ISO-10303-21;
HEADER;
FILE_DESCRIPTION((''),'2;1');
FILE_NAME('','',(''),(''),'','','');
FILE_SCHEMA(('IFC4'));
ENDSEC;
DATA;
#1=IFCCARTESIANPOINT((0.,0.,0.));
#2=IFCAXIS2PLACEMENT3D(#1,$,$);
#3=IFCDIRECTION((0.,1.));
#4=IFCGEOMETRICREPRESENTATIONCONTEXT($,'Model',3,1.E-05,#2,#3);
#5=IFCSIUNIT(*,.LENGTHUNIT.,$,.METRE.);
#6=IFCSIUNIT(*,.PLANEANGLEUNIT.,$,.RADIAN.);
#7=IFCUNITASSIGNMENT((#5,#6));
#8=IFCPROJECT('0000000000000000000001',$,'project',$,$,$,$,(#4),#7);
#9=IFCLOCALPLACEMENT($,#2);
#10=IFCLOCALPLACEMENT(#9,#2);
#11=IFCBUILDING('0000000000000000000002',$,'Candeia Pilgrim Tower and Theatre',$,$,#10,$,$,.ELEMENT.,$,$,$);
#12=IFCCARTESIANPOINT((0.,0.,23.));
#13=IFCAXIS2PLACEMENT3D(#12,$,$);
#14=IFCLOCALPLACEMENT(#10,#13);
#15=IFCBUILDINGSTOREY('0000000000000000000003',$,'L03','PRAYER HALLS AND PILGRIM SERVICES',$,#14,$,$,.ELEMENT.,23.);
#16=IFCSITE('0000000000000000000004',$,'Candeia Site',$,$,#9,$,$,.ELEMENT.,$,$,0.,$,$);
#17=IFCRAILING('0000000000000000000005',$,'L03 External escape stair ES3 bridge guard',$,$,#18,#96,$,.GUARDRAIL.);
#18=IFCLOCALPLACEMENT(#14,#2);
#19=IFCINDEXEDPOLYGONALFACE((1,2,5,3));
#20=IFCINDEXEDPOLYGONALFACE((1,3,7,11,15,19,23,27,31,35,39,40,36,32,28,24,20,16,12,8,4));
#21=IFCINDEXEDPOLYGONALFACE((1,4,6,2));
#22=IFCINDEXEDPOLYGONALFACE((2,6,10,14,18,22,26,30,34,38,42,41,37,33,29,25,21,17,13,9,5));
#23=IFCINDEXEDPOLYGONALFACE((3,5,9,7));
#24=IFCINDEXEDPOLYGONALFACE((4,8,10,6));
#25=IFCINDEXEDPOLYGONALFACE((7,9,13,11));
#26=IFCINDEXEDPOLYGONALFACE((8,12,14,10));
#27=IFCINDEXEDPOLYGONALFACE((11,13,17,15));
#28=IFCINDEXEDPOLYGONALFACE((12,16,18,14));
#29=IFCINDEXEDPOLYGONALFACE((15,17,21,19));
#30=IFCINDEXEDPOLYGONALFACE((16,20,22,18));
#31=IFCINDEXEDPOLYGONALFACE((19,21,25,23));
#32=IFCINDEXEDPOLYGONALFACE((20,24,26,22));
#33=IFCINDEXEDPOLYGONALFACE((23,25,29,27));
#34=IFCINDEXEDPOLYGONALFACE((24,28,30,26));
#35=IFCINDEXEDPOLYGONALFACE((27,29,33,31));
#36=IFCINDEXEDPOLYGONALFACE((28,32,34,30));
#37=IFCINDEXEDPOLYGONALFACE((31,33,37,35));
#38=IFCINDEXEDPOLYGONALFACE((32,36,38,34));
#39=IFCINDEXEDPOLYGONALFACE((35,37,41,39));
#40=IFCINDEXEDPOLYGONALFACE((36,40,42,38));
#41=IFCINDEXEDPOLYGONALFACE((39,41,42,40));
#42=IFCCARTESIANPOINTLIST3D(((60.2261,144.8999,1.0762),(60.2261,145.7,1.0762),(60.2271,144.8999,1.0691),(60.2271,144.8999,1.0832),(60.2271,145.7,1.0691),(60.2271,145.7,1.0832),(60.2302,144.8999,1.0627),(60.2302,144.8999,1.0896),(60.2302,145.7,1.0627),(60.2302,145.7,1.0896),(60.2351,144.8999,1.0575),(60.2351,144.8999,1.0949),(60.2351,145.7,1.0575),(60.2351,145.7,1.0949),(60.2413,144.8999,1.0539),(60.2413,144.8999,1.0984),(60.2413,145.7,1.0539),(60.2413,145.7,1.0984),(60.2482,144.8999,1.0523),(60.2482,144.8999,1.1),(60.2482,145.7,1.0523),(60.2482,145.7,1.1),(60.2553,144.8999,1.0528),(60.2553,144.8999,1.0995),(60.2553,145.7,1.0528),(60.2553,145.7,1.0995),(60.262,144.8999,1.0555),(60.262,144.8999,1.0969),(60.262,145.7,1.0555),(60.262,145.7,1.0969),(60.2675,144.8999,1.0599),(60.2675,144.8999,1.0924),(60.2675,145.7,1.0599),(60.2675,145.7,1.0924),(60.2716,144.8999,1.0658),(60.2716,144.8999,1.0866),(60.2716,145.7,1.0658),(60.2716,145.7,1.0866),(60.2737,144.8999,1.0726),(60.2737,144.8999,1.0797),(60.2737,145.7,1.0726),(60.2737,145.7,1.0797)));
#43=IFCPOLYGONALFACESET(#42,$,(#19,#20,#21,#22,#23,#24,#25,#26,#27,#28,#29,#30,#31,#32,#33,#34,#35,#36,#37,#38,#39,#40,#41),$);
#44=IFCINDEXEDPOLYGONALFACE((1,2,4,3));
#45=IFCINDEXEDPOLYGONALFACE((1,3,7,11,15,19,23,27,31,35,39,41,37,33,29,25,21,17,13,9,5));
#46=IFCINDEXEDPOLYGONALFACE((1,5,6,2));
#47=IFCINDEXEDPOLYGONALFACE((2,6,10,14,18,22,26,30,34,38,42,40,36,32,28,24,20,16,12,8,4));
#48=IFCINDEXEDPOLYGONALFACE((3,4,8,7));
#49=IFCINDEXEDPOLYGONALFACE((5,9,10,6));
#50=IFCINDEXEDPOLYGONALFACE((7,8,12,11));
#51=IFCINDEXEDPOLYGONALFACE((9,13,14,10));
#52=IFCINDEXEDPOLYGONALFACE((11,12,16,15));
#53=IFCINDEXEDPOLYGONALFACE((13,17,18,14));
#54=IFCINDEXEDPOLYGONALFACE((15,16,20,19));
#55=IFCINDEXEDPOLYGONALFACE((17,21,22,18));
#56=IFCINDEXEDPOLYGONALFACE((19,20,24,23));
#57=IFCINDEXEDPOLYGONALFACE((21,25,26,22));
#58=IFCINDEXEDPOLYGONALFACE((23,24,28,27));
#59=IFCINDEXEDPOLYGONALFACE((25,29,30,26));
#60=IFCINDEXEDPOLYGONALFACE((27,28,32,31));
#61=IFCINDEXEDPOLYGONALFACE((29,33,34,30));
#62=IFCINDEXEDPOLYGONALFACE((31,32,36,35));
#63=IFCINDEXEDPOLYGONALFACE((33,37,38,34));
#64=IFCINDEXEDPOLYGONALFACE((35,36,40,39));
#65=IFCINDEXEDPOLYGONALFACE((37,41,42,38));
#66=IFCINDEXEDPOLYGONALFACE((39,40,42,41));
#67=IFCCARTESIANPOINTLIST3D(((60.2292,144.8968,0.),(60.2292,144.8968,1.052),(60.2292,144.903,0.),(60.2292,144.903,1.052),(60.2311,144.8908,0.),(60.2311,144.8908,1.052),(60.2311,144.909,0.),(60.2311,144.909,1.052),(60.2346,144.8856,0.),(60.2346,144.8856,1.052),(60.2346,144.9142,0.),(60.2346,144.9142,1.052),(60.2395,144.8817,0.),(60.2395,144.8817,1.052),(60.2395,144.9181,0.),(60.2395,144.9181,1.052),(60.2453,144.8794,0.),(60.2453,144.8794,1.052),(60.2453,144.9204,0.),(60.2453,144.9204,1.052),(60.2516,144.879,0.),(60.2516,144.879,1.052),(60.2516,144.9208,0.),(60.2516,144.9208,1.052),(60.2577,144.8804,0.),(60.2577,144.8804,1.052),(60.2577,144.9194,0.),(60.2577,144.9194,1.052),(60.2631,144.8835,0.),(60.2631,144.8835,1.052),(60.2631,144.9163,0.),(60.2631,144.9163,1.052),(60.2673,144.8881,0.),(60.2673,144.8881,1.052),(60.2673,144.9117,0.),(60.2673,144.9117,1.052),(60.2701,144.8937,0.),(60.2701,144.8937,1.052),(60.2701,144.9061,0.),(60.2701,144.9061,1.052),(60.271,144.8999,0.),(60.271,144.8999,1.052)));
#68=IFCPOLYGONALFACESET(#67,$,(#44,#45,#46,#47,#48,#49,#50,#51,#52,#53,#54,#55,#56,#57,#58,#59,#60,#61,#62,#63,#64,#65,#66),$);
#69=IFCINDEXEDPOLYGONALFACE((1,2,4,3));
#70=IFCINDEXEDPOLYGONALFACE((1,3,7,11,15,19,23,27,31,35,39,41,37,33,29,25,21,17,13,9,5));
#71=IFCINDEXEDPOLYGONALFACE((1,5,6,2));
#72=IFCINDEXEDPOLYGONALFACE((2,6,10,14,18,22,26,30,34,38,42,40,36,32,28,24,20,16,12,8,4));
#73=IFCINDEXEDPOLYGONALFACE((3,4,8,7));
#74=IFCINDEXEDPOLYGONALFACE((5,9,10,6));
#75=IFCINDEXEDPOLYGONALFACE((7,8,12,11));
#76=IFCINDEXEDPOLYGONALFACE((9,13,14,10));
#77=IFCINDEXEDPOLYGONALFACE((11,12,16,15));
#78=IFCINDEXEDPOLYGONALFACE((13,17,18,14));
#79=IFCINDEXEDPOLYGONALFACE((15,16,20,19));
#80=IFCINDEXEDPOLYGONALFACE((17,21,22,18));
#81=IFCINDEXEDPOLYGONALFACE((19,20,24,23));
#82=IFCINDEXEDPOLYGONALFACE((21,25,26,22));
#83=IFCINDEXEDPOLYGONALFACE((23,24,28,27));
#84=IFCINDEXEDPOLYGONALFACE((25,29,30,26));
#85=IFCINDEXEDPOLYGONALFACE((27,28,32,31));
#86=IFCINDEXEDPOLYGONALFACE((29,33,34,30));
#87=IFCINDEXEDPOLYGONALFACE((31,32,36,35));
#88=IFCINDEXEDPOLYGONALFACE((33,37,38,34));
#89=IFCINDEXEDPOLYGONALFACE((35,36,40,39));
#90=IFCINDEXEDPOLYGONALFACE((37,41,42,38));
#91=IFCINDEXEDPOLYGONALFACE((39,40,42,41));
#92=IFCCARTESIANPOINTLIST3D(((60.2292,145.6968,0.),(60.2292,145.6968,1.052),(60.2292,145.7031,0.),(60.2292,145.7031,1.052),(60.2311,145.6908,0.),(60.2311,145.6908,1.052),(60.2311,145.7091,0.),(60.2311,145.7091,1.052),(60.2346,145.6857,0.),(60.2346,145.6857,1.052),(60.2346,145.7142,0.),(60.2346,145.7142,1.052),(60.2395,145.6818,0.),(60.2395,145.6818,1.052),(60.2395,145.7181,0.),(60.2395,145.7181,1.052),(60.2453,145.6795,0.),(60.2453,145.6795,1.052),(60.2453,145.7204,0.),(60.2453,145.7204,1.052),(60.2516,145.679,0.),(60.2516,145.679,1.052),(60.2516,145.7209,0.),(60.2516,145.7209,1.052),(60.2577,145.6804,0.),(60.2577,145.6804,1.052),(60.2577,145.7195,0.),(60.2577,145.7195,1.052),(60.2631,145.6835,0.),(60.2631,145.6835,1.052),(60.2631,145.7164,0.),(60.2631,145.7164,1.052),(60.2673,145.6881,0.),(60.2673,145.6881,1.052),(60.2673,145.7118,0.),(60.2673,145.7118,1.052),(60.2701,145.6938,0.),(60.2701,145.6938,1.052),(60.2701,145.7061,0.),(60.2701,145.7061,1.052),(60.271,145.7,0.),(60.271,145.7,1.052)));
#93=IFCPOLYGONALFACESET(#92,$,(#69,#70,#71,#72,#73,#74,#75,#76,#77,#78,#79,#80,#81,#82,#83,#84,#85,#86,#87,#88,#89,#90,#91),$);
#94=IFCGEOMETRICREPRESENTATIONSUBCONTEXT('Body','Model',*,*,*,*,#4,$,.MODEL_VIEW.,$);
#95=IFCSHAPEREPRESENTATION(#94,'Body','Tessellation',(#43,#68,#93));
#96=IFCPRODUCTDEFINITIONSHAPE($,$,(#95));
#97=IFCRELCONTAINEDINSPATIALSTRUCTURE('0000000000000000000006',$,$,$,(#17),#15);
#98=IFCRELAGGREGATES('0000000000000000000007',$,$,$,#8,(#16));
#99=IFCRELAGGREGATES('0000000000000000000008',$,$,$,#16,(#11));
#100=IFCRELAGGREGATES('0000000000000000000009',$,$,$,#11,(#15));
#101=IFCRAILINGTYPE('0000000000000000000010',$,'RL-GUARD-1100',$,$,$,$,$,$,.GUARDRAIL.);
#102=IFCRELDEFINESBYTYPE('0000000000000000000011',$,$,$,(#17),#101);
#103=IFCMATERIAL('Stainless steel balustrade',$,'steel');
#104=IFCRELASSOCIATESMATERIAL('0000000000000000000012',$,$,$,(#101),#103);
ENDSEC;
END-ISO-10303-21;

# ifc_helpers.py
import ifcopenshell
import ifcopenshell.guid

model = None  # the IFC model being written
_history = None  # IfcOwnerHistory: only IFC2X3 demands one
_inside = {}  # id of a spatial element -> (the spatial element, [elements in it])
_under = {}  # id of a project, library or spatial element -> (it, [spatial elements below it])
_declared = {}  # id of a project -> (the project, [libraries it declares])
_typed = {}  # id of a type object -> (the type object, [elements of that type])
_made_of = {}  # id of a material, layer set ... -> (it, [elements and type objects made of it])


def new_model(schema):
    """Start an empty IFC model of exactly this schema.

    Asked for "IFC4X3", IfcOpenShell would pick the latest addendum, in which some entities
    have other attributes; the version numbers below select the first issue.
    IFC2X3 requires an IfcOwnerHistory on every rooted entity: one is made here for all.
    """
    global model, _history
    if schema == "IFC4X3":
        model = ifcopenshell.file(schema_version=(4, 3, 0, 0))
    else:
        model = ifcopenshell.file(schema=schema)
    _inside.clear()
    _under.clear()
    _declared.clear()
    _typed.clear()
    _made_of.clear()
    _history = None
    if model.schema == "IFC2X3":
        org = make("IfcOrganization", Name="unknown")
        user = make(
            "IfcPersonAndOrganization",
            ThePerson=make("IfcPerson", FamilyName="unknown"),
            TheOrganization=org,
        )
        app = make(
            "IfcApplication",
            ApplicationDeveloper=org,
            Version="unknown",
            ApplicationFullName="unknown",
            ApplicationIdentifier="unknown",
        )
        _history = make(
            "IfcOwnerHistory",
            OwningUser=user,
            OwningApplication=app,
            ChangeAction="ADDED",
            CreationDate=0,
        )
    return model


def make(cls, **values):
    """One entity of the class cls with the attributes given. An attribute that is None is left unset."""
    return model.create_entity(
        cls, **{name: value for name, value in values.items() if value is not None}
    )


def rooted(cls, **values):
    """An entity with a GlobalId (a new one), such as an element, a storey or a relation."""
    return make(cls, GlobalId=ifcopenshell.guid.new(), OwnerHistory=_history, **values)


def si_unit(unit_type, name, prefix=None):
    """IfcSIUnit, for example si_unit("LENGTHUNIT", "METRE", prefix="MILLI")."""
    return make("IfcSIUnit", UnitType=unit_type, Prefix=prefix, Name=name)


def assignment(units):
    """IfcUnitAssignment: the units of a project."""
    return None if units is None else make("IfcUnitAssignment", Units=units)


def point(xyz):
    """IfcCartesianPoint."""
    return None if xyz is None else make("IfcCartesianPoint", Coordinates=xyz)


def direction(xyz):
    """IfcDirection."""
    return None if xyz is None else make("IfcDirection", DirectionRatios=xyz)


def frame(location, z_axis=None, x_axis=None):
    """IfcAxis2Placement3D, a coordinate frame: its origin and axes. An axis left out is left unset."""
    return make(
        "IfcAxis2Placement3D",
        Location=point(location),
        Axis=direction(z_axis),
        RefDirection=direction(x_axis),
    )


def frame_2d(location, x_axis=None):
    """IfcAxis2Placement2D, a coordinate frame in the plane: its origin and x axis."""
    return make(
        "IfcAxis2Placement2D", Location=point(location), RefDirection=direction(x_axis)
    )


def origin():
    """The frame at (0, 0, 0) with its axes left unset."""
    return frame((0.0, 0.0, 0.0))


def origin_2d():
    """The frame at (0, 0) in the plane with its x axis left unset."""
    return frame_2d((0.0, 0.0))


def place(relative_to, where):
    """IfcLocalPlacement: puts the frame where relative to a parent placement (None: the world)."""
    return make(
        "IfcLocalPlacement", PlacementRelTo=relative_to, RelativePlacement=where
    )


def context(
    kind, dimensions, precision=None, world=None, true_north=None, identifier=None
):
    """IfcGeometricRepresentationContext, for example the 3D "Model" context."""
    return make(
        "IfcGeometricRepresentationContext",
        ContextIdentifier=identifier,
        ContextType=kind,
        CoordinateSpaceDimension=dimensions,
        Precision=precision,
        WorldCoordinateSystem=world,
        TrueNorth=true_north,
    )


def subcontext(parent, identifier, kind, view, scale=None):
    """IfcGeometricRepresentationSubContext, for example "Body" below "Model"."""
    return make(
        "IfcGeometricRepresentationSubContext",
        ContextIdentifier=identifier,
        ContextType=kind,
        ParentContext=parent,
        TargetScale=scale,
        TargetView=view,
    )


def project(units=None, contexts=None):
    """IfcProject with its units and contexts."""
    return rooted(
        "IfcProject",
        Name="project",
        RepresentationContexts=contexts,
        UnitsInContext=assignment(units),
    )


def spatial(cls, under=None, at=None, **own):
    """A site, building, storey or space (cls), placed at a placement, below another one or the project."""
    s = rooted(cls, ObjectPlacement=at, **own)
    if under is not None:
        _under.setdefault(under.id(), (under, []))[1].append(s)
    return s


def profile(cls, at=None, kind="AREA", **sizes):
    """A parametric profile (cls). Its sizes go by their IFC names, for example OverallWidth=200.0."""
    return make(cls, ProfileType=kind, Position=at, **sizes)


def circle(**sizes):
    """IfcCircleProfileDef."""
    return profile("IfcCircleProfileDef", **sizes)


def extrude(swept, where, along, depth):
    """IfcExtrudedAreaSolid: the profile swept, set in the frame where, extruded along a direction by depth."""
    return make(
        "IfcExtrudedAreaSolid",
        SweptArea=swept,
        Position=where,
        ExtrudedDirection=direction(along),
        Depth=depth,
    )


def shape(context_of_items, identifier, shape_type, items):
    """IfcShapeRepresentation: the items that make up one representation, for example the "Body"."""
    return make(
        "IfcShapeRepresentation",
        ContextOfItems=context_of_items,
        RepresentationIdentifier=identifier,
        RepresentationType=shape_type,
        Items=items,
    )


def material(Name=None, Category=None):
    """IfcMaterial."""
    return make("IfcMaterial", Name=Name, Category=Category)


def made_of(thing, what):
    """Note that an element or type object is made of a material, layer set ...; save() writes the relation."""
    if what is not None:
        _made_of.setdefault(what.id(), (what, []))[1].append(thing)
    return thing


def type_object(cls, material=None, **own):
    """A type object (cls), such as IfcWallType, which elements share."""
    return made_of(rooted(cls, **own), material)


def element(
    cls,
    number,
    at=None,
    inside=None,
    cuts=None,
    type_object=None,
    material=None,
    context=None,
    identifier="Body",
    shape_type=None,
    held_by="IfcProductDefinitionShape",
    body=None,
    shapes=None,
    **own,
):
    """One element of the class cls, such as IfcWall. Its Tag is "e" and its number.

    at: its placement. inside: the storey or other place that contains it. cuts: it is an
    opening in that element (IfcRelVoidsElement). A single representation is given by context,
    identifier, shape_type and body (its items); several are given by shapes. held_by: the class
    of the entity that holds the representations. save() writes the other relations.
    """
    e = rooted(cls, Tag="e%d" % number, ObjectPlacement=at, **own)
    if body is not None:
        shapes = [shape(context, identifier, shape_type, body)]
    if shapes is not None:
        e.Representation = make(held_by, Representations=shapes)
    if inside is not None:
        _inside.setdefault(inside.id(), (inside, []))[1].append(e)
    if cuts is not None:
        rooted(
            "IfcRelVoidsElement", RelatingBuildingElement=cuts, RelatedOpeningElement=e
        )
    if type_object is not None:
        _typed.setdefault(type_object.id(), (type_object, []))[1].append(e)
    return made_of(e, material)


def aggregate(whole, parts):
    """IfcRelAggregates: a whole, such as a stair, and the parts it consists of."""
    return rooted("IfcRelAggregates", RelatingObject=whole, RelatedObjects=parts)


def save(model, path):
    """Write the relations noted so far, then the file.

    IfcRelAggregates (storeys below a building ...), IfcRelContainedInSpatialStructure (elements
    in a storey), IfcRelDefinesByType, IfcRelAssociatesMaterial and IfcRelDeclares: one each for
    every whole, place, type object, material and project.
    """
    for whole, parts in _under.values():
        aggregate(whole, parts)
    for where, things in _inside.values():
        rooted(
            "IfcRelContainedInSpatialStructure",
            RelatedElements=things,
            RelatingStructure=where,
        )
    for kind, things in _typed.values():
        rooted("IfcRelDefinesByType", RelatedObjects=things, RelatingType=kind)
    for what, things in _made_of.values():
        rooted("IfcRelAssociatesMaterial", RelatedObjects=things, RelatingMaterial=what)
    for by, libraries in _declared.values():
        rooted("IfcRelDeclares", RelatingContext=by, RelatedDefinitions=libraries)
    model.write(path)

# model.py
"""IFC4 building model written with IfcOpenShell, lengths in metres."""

from ifc_helpers import new_model, si_unit, direction, frame, origin, origin_2d, place, context, subcontext, project, spatial, circle, extrude, material, type_object, element, save


model = new_model("IFC4")

# Units and contexts
model_context = context("Model", 3, precision=1e-05, world=origin(), true_north=direction((0.0, 1.0)))
body_context = subcontext(model_context, "Body", "Model", "MODEL_VIEW")
ifc_project = project(units=[si_unit("LENGTHUNIT", "METRE"), si_unit("PLANEANGLEUNIT", "RADIAN")], contexts=[model_context])

# Site, building, storey
site_placement = place(None, origin())
site = spatial("IfcSite", under=ifc_project, at=site_placement, Name="Candeia Site", CompositionType="ELEMENT", RefElevation=0.0)
building_placement = place(site_placement, origin())
building = spatial("IfcBuilding", under=site, at=building_placement, Name="Candeia Pilgrim Tower and Theatre", CompositionType="ELEMENT")
storey_placement = place(building_placement, frame((0.0, 0.0, 23.0)))
storey = spatial("IfcBuildingStorey", under=building, at=storey_placement, Name="L03", Description="PRAYER HALLS AND PILGRIM SERVICES", CompositionType="ELEMENT", Elevation=23.0)

# Railing
ifc_material_1 = material(Name="Stainless steel balustrade", Category="steel")
railing_type_1 = type_object("IfcRailingType", Name="RL-GUARD-1100", PredefinedType="GUARDRAIL", material=ifc_material_1)
railing_1_placement = place(storey_placement, frame((60.25, 144.8999, 0.0)))
element("IfcRailing", 1, at=railing_1_placement, inside=storey, type_object=railing_type_1, Name="L03 External escape stair ES3 bridge guard", PredefinedType="GUARDRAIL", context=body_context, shape_type="SweptSolid", body=[
    extrude(circle(Radius=0.0239, at=origin_2d()), frame((0.0, 0.0, 1.0762), z_axis=(0.0, 1.0, 0.0), x_axis=(-1.0, 0.0, 0.0)), (0.0, 0.0, 1.0), 0.8),
    extrude(circle(Radius=0.021, at=origin_2d()), origin(), (0.0, 0.0, 1.0), 1.052),
    extrude(circle(Radius=0.021, at=origin_2d()), frame((0.0, 0.8, 0.0)), (0.0, 0.0, 1.0), 1.052),
])

save(model, "model.ifc")
